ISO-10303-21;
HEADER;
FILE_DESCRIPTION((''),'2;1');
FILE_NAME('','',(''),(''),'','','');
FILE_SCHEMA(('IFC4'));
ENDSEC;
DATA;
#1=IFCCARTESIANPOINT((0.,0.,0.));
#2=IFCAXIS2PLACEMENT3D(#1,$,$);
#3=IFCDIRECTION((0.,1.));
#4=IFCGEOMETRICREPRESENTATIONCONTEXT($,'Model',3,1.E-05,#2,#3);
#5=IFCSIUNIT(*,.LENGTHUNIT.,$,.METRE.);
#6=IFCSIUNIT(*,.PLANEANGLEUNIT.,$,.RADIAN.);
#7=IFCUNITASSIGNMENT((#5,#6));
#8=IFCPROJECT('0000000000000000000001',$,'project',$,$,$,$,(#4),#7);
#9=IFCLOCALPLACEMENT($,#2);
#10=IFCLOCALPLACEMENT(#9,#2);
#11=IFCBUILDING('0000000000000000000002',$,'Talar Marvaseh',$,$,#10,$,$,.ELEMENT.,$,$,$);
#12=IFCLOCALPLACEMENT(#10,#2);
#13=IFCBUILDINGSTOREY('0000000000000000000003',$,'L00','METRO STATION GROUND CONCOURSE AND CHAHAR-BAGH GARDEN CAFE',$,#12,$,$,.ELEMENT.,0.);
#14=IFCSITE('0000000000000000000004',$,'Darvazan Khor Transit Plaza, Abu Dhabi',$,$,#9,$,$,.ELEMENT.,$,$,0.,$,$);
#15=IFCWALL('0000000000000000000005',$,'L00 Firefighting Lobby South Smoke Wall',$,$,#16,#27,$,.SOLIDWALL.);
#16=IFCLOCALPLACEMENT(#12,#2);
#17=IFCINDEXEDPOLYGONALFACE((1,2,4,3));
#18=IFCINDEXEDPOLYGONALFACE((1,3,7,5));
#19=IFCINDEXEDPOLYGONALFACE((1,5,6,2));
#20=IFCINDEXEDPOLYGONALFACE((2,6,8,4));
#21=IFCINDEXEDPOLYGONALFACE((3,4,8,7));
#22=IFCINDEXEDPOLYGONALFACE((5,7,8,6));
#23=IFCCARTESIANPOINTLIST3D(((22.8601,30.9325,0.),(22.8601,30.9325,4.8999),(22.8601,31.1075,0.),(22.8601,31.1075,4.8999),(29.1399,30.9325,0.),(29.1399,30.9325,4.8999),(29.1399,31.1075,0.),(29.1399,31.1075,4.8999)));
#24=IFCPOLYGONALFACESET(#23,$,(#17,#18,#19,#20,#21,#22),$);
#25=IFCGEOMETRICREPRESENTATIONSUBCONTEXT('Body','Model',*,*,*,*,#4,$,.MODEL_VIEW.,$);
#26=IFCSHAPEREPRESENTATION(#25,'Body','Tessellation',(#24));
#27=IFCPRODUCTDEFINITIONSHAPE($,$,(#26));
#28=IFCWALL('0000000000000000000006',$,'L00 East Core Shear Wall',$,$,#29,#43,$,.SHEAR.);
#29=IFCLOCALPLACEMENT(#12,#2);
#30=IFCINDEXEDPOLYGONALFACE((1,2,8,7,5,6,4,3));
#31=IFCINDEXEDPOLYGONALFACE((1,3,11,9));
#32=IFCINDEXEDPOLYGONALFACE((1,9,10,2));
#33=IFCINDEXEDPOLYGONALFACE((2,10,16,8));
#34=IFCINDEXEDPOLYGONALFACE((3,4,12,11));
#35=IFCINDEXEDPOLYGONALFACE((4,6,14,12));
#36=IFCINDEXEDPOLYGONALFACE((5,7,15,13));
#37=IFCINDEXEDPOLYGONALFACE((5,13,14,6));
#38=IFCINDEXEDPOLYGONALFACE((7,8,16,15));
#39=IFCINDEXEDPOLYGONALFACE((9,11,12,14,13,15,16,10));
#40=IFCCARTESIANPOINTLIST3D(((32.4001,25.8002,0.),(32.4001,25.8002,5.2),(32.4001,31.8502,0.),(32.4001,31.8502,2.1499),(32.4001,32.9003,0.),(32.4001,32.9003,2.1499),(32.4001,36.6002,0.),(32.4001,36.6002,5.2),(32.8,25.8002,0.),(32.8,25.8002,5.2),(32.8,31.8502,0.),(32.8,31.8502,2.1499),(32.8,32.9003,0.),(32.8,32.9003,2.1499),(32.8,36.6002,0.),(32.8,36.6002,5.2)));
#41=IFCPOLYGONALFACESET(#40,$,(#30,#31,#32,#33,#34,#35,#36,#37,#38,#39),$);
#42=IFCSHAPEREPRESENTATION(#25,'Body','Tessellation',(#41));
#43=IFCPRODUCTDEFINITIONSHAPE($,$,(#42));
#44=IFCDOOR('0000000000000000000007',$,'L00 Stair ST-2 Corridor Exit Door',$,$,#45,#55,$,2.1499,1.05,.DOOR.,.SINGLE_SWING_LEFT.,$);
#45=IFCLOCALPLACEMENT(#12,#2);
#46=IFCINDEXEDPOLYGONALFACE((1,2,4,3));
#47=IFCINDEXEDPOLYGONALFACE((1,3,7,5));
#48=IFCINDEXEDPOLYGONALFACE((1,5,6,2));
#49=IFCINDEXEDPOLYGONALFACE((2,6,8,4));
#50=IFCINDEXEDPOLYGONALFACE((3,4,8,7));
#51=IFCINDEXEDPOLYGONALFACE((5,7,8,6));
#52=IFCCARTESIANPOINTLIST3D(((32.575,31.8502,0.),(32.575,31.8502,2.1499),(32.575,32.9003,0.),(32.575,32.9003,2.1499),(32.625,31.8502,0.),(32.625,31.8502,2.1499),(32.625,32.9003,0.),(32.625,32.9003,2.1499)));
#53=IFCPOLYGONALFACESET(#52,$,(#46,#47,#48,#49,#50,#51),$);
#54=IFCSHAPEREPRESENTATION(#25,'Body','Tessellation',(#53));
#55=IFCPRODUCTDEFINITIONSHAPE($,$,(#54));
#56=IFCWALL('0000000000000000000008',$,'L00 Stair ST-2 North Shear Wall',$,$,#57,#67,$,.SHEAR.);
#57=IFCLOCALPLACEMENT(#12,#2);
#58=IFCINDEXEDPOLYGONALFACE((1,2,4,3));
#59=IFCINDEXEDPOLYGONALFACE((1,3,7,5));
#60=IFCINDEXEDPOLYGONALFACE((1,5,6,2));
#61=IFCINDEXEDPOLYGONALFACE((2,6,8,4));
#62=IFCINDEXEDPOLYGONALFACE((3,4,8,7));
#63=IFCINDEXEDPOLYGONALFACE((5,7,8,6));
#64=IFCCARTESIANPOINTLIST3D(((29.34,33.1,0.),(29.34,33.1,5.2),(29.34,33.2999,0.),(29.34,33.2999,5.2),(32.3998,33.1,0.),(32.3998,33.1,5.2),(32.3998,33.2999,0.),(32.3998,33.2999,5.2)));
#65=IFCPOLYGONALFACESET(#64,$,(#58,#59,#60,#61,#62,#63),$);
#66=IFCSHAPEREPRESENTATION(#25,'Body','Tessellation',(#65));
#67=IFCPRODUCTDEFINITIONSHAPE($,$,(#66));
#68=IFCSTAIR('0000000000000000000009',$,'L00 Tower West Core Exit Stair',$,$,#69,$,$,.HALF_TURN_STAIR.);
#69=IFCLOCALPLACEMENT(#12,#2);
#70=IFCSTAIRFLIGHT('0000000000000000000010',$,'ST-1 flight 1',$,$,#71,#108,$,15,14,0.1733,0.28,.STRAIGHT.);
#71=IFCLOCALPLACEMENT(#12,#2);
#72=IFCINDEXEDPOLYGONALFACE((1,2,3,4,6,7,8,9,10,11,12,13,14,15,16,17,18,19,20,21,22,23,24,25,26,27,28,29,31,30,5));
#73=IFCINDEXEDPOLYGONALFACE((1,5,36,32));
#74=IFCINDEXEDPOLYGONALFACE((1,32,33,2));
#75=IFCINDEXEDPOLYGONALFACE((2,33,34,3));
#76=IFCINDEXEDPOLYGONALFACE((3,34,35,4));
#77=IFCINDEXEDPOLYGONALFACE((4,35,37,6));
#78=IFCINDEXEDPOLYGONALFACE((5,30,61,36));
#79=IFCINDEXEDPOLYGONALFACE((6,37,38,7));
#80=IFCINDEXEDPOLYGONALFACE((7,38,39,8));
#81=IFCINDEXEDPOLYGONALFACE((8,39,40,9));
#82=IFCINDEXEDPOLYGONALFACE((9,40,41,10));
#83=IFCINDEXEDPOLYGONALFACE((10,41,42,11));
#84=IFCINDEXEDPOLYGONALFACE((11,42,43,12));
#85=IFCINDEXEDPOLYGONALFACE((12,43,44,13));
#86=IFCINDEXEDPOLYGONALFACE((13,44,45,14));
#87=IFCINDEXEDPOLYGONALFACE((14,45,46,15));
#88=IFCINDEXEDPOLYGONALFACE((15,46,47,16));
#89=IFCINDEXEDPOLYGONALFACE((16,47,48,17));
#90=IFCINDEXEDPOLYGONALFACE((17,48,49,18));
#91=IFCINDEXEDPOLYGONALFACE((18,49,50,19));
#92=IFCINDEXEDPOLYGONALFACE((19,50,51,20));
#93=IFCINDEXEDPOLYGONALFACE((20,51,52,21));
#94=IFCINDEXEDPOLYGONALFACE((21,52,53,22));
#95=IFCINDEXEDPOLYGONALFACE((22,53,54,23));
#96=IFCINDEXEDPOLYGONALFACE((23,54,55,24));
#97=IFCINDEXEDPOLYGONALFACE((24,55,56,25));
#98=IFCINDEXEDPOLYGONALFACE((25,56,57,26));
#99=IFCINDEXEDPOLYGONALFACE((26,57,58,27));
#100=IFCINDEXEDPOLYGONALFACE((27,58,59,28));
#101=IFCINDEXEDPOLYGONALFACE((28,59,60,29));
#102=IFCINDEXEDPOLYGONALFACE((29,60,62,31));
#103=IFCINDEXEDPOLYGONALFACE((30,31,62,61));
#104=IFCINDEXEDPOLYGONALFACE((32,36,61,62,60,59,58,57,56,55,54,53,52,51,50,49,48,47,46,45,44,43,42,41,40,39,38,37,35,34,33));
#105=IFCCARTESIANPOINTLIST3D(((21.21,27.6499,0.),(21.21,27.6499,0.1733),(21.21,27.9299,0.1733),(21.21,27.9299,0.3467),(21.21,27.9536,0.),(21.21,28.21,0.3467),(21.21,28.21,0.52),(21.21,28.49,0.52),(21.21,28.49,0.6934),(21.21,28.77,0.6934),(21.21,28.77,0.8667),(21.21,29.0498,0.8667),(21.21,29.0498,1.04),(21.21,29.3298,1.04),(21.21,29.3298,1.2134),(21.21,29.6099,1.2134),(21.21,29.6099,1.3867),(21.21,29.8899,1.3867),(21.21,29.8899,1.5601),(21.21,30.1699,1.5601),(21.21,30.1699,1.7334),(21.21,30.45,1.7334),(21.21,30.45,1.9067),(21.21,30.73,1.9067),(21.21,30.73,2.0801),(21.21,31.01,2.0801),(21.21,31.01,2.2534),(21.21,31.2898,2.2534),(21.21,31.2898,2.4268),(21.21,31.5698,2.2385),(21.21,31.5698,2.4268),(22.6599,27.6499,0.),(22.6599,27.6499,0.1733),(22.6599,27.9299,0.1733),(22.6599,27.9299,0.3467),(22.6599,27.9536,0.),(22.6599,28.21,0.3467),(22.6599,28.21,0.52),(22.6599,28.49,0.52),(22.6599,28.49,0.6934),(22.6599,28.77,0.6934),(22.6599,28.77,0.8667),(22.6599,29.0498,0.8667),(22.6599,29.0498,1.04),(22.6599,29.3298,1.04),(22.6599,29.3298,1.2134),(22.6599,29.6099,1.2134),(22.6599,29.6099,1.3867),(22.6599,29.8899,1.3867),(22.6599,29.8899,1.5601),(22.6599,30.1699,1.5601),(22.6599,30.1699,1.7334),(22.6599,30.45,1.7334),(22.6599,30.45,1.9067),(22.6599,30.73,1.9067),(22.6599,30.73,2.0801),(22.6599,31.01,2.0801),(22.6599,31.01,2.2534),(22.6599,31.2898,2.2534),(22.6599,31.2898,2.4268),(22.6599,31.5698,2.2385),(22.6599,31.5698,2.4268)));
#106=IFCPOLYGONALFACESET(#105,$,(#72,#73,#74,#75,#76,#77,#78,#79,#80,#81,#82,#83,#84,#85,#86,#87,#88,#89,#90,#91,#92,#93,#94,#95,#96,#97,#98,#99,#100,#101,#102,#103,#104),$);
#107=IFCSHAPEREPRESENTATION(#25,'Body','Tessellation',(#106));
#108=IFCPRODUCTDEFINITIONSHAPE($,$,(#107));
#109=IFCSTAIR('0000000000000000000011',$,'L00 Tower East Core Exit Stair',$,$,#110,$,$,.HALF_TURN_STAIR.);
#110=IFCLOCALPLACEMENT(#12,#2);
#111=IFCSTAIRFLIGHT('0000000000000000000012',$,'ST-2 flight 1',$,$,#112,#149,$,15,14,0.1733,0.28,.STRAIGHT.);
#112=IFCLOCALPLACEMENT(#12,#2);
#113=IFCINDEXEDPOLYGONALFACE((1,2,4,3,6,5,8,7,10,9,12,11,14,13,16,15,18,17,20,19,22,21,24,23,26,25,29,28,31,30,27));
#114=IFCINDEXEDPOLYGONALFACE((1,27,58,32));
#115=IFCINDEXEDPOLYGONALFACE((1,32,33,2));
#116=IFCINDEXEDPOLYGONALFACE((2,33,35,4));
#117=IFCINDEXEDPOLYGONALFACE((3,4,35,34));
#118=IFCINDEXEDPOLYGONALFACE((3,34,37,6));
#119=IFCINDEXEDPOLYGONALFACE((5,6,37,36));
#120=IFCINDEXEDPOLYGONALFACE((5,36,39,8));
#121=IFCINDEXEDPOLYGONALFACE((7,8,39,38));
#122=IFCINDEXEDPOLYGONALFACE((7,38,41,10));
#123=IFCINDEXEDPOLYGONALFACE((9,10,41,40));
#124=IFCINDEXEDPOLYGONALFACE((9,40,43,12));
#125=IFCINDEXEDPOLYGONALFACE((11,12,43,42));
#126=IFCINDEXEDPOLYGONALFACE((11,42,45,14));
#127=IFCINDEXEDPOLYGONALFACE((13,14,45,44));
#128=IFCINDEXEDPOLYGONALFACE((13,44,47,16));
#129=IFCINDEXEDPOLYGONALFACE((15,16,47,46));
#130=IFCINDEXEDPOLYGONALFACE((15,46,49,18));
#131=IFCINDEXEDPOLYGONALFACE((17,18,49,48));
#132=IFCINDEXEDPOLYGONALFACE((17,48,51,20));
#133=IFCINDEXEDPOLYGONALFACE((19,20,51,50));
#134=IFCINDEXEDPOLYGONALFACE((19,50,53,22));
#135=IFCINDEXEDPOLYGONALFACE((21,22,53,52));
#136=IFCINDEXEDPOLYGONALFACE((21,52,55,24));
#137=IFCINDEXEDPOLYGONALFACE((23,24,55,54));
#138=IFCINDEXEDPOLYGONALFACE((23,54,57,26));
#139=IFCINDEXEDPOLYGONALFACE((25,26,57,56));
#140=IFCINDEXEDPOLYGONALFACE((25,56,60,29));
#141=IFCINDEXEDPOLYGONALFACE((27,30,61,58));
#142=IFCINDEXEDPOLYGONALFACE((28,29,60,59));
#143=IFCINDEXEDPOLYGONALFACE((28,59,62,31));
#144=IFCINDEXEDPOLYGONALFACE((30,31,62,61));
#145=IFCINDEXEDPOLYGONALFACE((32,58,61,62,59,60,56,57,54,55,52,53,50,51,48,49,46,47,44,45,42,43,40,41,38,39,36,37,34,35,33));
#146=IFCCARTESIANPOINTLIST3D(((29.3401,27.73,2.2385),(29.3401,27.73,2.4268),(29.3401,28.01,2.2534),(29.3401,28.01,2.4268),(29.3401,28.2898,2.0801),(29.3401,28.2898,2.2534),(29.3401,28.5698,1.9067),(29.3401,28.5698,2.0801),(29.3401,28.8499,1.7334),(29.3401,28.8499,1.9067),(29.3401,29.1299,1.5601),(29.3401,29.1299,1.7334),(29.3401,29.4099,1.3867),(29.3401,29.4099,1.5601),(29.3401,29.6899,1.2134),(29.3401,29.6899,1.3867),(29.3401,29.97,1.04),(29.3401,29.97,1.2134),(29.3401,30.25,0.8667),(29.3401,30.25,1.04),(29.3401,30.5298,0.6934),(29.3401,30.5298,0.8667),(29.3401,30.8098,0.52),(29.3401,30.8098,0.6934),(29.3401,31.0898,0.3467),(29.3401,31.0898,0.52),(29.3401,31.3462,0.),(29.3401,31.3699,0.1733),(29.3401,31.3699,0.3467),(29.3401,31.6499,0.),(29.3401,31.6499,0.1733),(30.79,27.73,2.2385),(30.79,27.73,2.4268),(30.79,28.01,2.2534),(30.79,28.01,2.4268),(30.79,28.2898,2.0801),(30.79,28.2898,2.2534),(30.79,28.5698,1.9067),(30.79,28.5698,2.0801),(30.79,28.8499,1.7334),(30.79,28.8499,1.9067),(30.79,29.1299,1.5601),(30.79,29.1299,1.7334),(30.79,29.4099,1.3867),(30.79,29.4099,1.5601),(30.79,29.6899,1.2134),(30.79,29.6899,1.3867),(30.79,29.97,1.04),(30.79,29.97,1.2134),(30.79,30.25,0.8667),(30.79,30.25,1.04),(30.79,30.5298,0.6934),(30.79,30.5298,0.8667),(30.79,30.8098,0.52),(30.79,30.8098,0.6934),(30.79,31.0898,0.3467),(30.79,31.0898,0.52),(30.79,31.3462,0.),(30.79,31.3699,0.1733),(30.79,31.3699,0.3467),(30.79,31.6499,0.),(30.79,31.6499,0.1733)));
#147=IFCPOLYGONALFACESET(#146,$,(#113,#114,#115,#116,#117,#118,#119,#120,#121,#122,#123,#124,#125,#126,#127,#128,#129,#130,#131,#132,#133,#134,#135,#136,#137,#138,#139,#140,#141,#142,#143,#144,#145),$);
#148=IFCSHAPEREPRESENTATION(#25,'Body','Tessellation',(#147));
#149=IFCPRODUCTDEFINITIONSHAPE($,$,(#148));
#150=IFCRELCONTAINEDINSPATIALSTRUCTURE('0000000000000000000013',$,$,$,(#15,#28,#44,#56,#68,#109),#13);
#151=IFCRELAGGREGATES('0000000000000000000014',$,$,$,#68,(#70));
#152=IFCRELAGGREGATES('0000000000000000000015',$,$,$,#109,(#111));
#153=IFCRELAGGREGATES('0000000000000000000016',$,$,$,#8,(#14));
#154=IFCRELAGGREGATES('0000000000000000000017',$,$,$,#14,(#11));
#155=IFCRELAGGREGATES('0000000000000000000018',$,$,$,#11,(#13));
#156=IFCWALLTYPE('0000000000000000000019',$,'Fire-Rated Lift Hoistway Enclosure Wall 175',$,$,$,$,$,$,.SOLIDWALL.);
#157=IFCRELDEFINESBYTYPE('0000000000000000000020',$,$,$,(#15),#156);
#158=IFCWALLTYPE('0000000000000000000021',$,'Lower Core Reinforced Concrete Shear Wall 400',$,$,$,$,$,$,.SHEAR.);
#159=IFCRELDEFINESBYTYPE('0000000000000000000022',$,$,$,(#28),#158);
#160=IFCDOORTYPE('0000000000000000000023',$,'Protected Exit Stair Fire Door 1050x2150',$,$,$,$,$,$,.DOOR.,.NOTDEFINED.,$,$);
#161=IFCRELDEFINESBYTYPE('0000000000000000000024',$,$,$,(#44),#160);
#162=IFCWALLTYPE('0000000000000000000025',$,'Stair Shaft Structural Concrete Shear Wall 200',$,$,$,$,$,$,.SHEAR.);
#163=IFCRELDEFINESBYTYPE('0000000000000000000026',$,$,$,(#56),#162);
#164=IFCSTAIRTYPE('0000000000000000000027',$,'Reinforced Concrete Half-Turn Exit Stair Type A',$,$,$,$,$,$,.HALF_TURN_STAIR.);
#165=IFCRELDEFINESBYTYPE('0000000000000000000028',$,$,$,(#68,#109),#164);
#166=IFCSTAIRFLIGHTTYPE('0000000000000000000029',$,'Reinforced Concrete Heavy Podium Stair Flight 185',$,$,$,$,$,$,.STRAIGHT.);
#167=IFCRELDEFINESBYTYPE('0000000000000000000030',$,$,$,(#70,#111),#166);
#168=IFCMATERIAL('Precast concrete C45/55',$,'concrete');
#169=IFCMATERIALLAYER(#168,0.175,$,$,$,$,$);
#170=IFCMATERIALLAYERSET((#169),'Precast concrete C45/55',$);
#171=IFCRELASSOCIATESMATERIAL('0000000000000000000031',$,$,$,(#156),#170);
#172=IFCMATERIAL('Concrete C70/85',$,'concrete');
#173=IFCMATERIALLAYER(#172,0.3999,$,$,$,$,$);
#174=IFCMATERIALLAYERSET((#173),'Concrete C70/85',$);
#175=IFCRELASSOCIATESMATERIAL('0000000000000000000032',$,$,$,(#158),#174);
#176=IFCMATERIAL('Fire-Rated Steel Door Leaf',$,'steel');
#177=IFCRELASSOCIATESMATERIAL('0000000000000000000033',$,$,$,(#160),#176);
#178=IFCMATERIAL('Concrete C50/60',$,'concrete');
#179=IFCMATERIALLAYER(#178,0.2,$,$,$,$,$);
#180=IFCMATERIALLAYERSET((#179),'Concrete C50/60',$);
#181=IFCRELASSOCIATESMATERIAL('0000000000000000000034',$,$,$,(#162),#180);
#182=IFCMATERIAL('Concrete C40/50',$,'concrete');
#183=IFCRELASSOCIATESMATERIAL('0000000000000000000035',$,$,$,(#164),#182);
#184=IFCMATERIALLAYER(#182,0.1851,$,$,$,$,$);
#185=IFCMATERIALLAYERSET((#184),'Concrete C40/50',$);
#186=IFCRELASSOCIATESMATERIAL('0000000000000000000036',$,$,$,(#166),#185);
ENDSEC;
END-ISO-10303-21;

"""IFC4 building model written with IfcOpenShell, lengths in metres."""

from ifc_helpers import new_model, si_unit, direction, frame, frame_2d, origin, place, context, subcontext, project, spatial, polyline, rectangle, outline, extrude, source, transform, mapped, material, layer, layer_set, type_object, type_shapes, element, fill, aggregate, save


model = new_model("IFC4")

# Units and contexts
model_context = context("Model", 3, precision=1e-05, world=origin(), true_north=direction((0.0, 1.0)))
body_context = subcontext(model_context, "Body", "Model", "MODEL_VIEW")
ifc_project = project(units=[si_unit("LENGTHUNIT", "METRE"), si_unit("PLANEANGLEUNIT", "RADIAN")], contexts=[model_context])

# Site, building, storey
site_placement = place(None, origin())
site = spatial("IfcSite", under=ifc_project, at=site_placement, Name="Darvazan Khor Transit Plaza, Abu Dhabi", CompositionType="ELEMENT", RefElevation=0.0)
building_placement = place(site_placement, origin())
building = spatial("IfcBuilding", under=site, at=building_placement, Name="Talar Marvaseh", CompositionType="ELEMENT")
storey_placement = place(building_placement, origin())
storey = spatial("IfcBuildingStorey", under=building, at=storey_placement, Name="L00", Description="METRO STATION GROUND CONCOURSE AND CHAHAR-BAGH GARDEN CAFE", CompositionType="ELEMENT", Elevation=0.0)

# Shared definitions
ifc_material_1 = material(Name="Concrete C70/85", Category="concrete")

# Shared definitions
ifc_material_2 = material(Name="Concrete C40/50", Category="concrete")

# Shared definitions
ifc_material_3 = material(Name="Fire-Rated Steel Door Leaf", Category="steel")

# Shared definitions
ifc_material_4 = material(Name="Precast concrete C45/55", Category="concrete")

# Shared definitions
ifc_layer_1 = layer(ifc_material_4, 0.175)
ifc_layer_set_1 = layer_set([ifc_layer_1], Name="Precast concrete C45/55")
wall_type_1 = type_object("IfcWallType", Name="Fire-Rated Lift Hoistway Enclosure Wall 175", PredefinedType="SOLIDWALL", material=ifc_layer_set_1)

# Wall
wall_1_placement = place(storey_placement, frame((22.8601, 31.02, 0.0), z_axis=(0.0, 0.0, 1.0), x_axis=(1.0, 0.0, 0.0)))
element("IfcWall", 1, at=wall_1_placement, inside=storey, type_object=wall_type_1, Name="L00 Firefighting Lobby South Smoke Wall", PredefinedType="SOLIDWALL", context=body_context, shape_type="SweptSolid", body=[
    extrude(rectangle(XDim=6.2798, YDim=0.175, at=frame_2d((3.1399, 0.0))), origin(), (0.0, 0.0, 1.0), 4.8999),
])

# Wall, opening, door
ifc_layer_2 = layer(ifc_material_1, 0.3999)
ifc_layer_set_2 = layer_set([ifc_layer_2], Name="Concrete C70/85")
wall_type_2 = type_object("IfcWallType", Name="Lower Core Reinforced Concrete Shear Wall 400", PredefinedType="SHEAR", material=ifc_layer_set_2)
wall_2_placement = place(storey_placement, frame((32.6001, 36.6001, 0.0), z_axis=(0.0, 0.0, 1.0), x_axis=(0.0, -1.0, 0.0)))
wall_2 = element("IfcWall", 2, at=wall_2_placement, inside=storey, type_object=wall_type_2, Name="L00 East Core Shear Wall", PredefinedType="SHEAR", context=body_context, shape_type="SweptSolid", body=[
    extrude(rectangle(XDim=10.8, YDim=0.3999, at=frame_2d((5.3999, 0.0))), origin(), (0.0, 0.0, 1.0), 5.2),
])
opening_1_placement = place(wall_2_placement, frame((3.7, 0.0, 0.0)))
opening_1 = element("IfcOpeningElement", 3, at=opening_1_placement, cuts=wall_2, PredefinedType="OPENING", context=body_context, shape_type="SweptSolid", body=[
    extrude(rectangle(XDim=1.05, YDim=2.1499, at=frame_2d((0.5249, 1.075))), frame((0.0, 0.21, 0.0), z_axis=(0.0, -1.0, 0.0), x_axis=(1.0, 0.0, 0.0)), (0.0, 0.0, 1.0), 0.4199),
])
door_type_1 = type_object("IfcDoorType", Name="Protected Exit Stair Fire Door 1050x2150", OperationType="NOTDEFINED", PredefinedType="DOOR", material=ifc_material_3)
shared_shape_1 = source(origin(), body_context, "Body", "SweptSolid", [
    extrude(rectangle(XDim=1.05, YDim=2.1499, at=frame_2d((0.5249, 1.075))), frame((0.0, 0.0249, 0.0), z_axis=(0.0, -1.0, 0.0), x_axis=(1.0, 0.0, 0.0)), (0.0, 0.0, 1.0), 0.05),
])
type_shapes(door_type_1, [shared_shape_1])
door_1_placement = place(opening_1_placement, origin())
door_1 = element("IfcDoor", 4, at=door_1_placement, inside=storey, type_object=door_type_1, Name="L00 Stair ST-2 Corridor Exit Door", OperationType="SINGLE_SWING_LEFT", OverallHeight=2.1499, OverallWidth=1.05, PredefinedType="DOOR", context=body_context, shape_type="MappedRepresentation", body=[
    mapped(shared_shape_1, transform((0.0, 0.0, 0.0), x_axis=(1.0, 0.0, 0.0), y_axis=(0.0, 1.0, 0.0), z_axis=(0.0, 0.0, 1.0), scale=1.0)),
])
fill(opening_1, door_1)

# Wall
ifc_material_5 = material(Name="Concrete C50/60", Category="concrete")
ifc_layer_3 = layer(ifc_material_5, 0.2)
ifc_layer_set_3 = layer_set([ifc_layer_3], Name="Concrete C50/60")
wall_type_3 = type_object("IfcWallType", Name="Stair Shaft Structural Concrete Shear Wall 200", PredefinedType="SHEAR", material=ifc_layer_set_3)
wall_3_placement = place(storey_placement, frame((29.3401, 33.2, 0.0), z_axis=(0.0, 0.0, 1.0), x_axis=(1.0, 0.0, 0.0)))
element("IfcWall", 5, at=wall_3_placement, inside=storey, type_object=wall_type_3, Name="L00 Stair ST-2 North Shear Wall", PredefinedType="SHEAR", context=body_context, shape_type="SweptSolid", body=[
    extrude(rectangle(XDim=3.0598, YDim=0.2, at=frame_2d((1.5298, 0.0))), origin(), (0.0, 0.0, 1.0), 5.2),
])

# Stair, stair flight
stair_type = type_object("IfcStairType", Name="Reinforced Concrete Half-Turn Exit Stair Type A", PredefinedType="HALF_TURN_STAIR", material=ifc_material_2)
stair_1_placement = place(storey_placement, origin())
stair_1 = element("IfcStair", 6, at=stair_1_placement, inside=storey, type_object=stair_type, Name="L00 Tower West Core Exit Stair", PredefinedType="HALF_TURN_STAIR")
ifc_layer_4 = layer(ifc_material_2, 0.1851)
ifc_layer_set_4 = layer_set([ifc_layer_4], Name="Concrete C40/50")
stair_flight_type = type_object("IfcStairFlightType", Name="Reinforced Concrete Heavy Podium Stair Flight 185", PredefinedType="STRAIGHT", material=ifc_layer_set_4)
stair_flight_1_placement = place(storey_placement, frame((21.9351, 27.6499, 0.0), z_axis=(0.0, 0.0, 1.0), x_axis=(0.0, 1.0, 0.0)))
stair_flight_1 = element("IfcStairFlight", 7, at=stair_flight_1_placement, type_object=stair_flight_type, Name="ST-1 flight 1", NumberOfRisers=15, NumberOfTreads=14, PredefinedType="STRAIGHT", RiserHeight=0.1733, TreadLength=0.28, context=body_context, shape_type="SweptSolid", body=[
    extrude(outline(polyline([(0.0, 0.0), (0.0, 0.1733), (0.28, 0.1733), (0.28, 0.3467), (0.5601, 0.3467), (0.5601, 0.52), (0.8401, 0.52), (0.8401, 0.6934), (1.1201, 0.6934), (1.1201, 0.8667), (1.3999, 0.8667), (1.3999, 1.04), (1.6799, 1.04), (1.6799, 1.2134), (1.96, 1.2134), (1.96, 1.3867), (2.24, 1.3867), (2.24, 1.5601), (2.52, 1.5601), (2.52, 1.7334), (2.8, 1.7334), (2.8, 1.9067), (3.0801, 1.9067), (3.0801, 2.0801), (3.3601, 2.0801), (3.3601, 2.2534), (3.6399, 2.2534), (3.6399, 2.4268), (3.9199, 2.4268), (3.9199, 2.6001), (3.9199, 2.2385), (0.3037, 0.0), (0.0, 0.0)])), frame((0.0, 0.7251, 0.0), z_axis=(0.0, -1.0, 0.0), x_axis=(1.0, 0.0, 0.0)), (0.0, 0.0, 1.0), 1.45),
])
aggregate(stair_1, [stair_flight_1])

# Stair, stair flight
stair_2_placement = place(storey_placement, origin())
stair_2 = element("IfcStair", 8, at=stair_2_placement, inside=storey, type_object=stair_type, Name="L00 Tower East Core Exit Stair", PredefinedType="HALF_TURN_STAIR")
stair_flight_2_placement = place(storey_placement, frame((30.0649, 31.6499, 0.0), z_axis=(0.0, 0.0, 1.0), x_axis=(0.0, -1.0, 0.0)))
stair_flight_2 = element("IfcStairFlight", 9, at=stair_flight_2_placement, type_object=stair_flight_type, Name="ST-2 flight 1", NumberOfRisers=15, NumberOfTreads=14, PredefinedType="STRAIGHT", RiserHeight=0.1733, TreadLength=0.28, context=body_context, shape_type="SweptSolid", body=[
    extrude(outline(polyline([(0.0, 0.0), (0.0, 0.1733), (0.28, 0.1733), (0.28, 0.3467), (0.5601, 0.3467), (0.5601, 0.52), (0.8401, 0.52), (0.8401, 0.6934), (1.1201, 0.6934), (1.1201, 0.8667), (1.3999, 0.8667), (1.3999, 1.04), (1.6799, 1.04), (1.6799, 1.2134), (1.96, 1.2134), (1.96, 1.3867), (2.24, 1.3867), (2.24, 1.5601), (2.52, 1.5601), (2.52, 1.7334), (2.8, 1.7334), (2.8, 1.9067), (3.0801, 1.9067), (3.0801, 2.0801), (3.3601, 2.0801), (3.3601, 2.2534), (3.6399, 2.2534), (3.6399, 2.4268), (3.9199, 2.4268), (3.9199, 2.6001), (3.9199, 2.2385), (0.3037, 0.0), (0.0, 0.0)])), frame((0.0, 0.7251, 0.0), z_axis=(0.0, -1.0, 0.0), x_axis=(1.0, 0.0, 0.0)), (0.0, 0.0, 1.0), 1.45),
])
aggregate(stair_2, [stair_flight_2])

save(model, "model.ifc")
